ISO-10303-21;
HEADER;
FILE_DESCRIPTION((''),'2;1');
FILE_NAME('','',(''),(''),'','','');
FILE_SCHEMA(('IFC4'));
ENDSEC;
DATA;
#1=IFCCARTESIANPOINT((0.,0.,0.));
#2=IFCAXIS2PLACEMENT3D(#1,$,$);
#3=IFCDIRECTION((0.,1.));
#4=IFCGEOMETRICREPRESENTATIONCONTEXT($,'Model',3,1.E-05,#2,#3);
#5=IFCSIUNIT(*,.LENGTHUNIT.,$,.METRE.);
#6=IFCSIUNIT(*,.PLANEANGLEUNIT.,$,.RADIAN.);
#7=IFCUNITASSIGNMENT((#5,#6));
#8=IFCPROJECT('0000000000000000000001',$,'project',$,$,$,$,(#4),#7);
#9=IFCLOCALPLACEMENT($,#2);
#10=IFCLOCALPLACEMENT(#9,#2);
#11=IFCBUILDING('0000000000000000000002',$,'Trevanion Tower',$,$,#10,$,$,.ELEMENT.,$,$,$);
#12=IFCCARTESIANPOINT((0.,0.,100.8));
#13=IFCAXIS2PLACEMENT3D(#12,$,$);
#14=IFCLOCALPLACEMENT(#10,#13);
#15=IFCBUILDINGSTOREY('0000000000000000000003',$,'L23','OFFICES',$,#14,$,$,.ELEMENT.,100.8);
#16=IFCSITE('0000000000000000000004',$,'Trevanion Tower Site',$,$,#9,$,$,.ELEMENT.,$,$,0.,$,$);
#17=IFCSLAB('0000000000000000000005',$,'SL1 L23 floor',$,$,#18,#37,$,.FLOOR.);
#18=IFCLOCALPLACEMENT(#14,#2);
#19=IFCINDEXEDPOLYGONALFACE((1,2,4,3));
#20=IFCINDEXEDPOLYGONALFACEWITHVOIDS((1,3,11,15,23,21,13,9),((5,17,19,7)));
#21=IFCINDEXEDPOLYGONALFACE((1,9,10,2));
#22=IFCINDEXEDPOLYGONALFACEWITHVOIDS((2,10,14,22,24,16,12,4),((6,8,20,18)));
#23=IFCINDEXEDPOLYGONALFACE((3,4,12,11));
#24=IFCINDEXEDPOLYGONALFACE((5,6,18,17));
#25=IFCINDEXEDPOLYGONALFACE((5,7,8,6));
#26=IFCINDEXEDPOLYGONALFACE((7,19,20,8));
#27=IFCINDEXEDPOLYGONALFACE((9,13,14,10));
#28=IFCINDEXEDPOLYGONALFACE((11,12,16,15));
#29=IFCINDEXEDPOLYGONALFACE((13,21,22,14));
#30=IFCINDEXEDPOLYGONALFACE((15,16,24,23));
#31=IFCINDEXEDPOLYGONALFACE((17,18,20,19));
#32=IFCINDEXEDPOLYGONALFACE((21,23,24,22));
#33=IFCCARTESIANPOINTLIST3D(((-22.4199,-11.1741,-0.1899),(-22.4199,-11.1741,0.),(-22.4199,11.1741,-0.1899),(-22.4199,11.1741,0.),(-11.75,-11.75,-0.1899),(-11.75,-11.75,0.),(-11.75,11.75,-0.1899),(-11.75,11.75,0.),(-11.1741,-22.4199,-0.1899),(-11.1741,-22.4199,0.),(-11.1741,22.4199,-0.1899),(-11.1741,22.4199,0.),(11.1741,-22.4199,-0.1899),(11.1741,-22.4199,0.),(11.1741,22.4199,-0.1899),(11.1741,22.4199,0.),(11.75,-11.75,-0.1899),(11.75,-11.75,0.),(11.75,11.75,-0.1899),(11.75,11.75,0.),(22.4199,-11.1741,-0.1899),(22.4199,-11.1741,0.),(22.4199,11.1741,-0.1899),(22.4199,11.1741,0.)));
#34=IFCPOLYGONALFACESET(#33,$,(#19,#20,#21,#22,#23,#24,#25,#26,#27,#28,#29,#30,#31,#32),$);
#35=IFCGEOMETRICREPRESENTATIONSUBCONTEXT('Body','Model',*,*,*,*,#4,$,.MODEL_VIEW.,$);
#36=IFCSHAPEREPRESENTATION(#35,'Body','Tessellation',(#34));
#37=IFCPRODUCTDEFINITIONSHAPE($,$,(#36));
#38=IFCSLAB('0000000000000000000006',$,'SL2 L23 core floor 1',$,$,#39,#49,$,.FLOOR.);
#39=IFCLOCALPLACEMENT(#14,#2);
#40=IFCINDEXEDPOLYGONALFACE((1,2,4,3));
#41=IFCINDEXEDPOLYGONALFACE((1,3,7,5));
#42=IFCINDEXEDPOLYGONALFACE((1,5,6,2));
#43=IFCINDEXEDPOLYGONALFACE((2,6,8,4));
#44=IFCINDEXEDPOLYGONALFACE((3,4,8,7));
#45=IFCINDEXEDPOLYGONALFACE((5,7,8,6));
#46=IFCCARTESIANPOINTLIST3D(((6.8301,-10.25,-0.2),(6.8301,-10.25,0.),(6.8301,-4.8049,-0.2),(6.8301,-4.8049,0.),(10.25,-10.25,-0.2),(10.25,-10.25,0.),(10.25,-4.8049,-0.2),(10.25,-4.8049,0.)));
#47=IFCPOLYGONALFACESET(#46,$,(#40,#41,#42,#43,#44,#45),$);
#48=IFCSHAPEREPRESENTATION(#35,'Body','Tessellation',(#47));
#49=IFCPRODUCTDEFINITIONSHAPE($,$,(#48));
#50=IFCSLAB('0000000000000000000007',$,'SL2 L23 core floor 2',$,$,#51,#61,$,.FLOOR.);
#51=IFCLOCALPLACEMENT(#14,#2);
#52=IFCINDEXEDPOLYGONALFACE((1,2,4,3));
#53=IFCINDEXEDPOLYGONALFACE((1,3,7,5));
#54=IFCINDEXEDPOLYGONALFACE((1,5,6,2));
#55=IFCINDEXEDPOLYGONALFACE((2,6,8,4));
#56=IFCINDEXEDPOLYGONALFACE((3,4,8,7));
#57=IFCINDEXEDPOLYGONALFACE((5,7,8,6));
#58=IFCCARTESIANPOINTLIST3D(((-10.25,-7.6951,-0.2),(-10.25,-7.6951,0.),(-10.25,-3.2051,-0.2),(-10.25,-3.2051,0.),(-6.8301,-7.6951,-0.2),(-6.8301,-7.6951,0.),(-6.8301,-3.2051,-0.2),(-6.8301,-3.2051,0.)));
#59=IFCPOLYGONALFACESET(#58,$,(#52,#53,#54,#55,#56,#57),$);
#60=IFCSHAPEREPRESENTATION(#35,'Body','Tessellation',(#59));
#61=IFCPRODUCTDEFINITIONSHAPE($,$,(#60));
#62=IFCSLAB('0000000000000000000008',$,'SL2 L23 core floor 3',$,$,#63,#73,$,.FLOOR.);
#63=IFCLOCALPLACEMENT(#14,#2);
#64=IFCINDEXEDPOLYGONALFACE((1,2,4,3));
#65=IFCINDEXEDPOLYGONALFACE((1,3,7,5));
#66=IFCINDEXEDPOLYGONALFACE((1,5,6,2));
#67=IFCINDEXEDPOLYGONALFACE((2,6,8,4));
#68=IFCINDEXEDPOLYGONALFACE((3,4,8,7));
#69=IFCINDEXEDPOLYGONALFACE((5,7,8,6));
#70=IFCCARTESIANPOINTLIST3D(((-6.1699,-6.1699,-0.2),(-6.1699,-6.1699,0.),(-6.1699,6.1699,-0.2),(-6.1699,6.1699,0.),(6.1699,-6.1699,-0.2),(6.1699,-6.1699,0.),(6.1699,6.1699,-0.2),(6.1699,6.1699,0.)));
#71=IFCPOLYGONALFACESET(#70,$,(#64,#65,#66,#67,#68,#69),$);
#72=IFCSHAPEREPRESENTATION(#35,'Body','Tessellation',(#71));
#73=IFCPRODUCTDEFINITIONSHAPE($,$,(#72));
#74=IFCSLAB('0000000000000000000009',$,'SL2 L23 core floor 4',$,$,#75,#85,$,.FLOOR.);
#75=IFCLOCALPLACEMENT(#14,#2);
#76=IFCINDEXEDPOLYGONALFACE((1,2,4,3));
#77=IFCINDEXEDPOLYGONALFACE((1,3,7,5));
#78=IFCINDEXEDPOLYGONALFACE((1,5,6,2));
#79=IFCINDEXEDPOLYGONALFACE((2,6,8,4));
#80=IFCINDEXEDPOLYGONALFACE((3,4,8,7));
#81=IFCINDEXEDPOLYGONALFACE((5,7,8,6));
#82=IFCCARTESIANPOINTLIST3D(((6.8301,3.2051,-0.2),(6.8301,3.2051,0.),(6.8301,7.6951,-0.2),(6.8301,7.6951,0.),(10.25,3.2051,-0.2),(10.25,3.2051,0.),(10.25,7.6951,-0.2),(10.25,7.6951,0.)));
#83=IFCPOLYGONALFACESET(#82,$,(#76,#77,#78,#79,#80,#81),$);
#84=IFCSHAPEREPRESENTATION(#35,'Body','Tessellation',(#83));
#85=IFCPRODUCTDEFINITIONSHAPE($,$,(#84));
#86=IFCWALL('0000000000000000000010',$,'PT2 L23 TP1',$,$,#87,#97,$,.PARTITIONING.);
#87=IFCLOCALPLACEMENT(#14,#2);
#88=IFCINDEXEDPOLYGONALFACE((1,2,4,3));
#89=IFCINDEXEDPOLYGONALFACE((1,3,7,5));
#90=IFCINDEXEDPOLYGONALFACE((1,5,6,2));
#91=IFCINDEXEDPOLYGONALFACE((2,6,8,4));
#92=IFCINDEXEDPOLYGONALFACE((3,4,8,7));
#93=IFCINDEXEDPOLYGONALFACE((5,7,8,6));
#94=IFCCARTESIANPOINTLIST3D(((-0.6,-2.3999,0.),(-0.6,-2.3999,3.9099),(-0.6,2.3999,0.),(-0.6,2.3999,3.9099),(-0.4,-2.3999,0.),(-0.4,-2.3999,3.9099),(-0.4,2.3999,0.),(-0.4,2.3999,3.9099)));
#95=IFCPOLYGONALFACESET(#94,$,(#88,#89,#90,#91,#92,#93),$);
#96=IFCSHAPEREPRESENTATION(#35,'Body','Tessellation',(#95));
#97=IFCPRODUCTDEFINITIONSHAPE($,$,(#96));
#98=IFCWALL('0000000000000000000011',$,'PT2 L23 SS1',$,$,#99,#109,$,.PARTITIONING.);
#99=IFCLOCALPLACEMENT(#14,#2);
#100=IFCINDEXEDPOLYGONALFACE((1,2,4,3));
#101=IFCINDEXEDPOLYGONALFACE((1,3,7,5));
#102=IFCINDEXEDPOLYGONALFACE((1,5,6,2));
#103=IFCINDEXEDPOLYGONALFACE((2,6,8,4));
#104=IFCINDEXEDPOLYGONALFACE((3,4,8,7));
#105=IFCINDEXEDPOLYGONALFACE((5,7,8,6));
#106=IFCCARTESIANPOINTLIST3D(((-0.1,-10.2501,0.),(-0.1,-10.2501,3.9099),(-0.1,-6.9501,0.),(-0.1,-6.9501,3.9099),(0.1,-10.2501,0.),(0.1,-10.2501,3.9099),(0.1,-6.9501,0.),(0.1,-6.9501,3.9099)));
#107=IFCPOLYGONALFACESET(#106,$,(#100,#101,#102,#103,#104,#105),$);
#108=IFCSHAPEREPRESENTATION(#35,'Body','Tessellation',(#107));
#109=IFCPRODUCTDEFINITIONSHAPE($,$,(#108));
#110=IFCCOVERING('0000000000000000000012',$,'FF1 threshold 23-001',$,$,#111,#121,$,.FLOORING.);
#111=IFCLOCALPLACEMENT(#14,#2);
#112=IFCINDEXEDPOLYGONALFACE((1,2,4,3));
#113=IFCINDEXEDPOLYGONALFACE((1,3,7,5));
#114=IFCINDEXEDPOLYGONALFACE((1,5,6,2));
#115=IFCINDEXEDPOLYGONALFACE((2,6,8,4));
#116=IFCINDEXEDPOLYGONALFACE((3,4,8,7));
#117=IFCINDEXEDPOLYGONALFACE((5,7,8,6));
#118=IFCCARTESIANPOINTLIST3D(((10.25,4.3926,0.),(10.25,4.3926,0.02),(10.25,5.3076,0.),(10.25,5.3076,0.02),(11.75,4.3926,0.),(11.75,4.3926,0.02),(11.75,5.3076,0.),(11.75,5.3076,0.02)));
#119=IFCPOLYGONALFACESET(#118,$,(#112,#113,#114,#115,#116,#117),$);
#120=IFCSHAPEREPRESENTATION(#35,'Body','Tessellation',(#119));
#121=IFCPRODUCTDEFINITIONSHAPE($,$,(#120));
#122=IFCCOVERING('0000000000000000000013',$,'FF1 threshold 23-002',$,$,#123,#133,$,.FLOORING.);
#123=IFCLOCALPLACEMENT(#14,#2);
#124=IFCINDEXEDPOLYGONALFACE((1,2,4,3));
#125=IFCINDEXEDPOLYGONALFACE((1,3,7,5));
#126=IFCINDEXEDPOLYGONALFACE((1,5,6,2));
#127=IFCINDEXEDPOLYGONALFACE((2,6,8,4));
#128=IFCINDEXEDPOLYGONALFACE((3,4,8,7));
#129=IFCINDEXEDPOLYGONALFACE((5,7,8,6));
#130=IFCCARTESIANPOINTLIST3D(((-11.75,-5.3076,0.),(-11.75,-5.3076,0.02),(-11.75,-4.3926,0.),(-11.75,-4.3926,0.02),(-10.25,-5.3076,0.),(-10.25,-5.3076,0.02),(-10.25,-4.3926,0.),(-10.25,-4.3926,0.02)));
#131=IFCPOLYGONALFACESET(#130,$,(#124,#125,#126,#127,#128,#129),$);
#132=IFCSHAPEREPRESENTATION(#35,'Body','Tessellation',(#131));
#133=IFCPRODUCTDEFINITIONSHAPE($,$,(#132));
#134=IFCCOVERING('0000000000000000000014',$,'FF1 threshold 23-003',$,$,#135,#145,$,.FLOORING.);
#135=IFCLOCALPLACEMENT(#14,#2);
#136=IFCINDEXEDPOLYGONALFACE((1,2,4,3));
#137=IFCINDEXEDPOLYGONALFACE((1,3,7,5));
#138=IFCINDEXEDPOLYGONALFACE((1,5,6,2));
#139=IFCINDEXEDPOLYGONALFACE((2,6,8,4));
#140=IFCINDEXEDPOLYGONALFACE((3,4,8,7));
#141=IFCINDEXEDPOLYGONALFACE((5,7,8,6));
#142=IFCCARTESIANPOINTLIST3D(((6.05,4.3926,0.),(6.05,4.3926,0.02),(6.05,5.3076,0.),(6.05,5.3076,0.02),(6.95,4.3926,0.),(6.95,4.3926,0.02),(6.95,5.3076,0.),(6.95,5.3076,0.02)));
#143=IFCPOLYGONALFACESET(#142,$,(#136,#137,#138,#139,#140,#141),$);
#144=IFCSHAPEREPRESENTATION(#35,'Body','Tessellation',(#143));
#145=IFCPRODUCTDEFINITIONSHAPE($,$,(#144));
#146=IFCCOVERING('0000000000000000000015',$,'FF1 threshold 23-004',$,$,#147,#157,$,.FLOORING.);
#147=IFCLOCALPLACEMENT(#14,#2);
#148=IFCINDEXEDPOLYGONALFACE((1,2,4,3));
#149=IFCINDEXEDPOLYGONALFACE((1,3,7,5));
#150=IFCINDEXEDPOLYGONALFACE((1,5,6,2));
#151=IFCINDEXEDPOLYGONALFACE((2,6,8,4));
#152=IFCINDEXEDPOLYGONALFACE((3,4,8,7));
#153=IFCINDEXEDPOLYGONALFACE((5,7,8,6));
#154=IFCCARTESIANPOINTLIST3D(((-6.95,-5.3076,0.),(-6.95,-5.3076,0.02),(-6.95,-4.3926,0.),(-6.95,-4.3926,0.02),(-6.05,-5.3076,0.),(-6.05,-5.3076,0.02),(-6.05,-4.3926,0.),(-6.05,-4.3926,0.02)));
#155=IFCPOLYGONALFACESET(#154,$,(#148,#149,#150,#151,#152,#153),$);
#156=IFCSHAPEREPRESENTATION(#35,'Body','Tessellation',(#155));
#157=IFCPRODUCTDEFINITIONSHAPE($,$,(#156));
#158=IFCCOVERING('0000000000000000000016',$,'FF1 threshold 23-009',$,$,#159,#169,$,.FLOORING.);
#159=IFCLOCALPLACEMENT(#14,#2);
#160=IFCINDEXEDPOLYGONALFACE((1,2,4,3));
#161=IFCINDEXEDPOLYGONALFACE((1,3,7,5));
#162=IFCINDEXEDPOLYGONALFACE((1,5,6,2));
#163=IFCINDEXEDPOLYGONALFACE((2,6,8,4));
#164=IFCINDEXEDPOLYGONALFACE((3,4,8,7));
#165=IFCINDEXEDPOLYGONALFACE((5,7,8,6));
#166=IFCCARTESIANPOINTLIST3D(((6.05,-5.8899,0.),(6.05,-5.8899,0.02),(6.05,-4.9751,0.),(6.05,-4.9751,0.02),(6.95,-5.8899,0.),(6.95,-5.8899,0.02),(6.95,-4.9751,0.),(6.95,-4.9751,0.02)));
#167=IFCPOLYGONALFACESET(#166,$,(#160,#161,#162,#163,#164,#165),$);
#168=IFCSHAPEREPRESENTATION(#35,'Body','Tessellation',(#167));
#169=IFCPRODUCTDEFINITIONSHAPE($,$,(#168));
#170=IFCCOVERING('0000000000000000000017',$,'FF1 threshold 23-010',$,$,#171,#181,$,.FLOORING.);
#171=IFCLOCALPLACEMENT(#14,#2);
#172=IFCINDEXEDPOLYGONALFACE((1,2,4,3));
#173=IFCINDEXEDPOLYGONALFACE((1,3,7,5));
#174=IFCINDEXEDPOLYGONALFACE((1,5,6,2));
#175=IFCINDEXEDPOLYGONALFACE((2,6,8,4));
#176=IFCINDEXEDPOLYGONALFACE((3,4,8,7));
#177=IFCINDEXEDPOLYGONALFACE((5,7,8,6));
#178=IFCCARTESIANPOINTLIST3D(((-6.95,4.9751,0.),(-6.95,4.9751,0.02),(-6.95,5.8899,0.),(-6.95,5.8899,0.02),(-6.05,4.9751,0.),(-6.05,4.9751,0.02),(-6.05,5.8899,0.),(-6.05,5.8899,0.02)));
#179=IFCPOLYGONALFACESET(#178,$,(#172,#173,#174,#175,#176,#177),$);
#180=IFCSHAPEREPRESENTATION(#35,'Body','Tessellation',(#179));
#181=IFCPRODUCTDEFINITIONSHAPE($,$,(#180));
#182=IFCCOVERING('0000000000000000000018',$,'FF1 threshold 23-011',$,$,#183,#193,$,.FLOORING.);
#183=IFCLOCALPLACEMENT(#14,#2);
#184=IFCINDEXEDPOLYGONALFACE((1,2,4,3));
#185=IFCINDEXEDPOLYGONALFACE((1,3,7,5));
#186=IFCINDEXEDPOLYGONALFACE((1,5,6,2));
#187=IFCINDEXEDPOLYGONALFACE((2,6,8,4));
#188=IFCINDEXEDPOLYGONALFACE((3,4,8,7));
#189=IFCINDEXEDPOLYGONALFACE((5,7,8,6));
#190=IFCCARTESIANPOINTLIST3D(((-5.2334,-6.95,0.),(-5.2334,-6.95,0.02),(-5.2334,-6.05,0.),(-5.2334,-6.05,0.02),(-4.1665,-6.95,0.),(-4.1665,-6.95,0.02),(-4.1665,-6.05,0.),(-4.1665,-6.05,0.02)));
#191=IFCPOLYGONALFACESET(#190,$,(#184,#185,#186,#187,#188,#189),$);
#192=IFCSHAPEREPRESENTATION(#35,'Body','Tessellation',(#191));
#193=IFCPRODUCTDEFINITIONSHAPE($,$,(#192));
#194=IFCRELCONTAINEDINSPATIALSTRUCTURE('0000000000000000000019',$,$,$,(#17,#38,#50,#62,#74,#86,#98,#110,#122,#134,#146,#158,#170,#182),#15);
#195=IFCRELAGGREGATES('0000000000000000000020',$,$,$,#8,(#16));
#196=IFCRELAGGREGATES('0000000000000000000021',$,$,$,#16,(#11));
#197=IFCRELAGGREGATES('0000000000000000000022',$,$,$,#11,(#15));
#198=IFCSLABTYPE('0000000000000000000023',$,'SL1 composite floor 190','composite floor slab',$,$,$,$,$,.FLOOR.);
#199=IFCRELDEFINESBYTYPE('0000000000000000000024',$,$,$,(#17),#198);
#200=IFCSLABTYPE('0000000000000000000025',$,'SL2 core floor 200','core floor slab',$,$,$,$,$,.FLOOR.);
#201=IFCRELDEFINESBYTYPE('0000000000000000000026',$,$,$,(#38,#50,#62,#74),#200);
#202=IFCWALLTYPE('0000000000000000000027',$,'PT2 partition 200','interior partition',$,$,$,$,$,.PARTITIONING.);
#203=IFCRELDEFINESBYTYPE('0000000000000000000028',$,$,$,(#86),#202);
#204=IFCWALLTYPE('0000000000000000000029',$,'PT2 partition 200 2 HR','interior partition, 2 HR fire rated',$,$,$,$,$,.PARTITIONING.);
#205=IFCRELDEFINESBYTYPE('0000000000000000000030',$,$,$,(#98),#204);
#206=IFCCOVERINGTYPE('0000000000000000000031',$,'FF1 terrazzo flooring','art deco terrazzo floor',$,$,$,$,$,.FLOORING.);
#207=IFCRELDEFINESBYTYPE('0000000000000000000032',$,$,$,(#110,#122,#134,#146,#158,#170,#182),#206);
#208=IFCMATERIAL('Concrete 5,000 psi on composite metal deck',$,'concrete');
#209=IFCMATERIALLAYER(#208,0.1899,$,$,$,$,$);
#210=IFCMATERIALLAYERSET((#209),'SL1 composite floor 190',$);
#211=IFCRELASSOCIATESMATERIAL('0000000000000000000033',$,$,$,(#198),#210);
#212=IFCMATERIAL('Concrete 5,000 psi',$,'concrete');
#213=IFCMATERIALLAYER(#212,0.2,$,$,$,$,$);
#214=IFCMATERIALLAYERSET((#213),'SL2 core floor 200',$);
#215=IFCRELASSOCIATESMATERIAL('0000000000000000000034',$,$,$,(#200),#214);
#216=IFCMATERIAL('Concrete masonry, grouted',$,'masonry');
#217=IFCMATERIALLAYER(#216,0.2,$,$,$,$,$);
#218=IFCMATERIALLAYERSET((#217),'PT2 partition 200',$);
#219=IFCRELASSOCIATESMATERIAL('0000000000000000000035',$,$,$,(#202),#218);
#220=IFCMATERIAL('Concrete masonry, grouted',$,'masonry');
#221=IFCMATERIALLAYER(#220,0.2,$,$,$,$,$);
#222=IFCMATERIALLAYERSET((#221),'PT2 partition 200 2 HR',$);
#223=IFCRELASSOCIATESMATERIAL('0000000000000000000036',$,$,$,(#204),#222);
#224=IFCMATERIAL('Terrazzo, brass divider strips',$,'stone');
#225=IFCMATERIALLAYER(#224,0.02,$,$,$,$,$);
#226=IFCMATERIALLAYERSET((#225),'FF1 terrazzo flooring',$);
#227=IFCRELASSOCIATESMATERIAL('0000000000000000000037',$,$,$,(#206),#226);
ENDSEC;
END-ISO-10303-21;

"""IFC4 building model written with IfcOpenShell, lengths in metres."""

from ifc_helpers import new_model, si_unit, direction, frame, frame_2d, origin, place, context, subcontext, project, spatial, polyline, rectangle, outline, extrude, material, layer, layer_set, type_object, element, save


model = new_model("IFC4")

# Units and contexts
model_context = context("Model", 3, precision=1e-05, world=origin(), true_north=direction((0.0, 1.0)))
body_context = subcontext(model_context, "Body", "Model", "MODEL_VIEW")
ifc_project = project(units=[si_unit("LENGTHUNIT", "METRE"), si_unit("PLANEANGLEUNIT", "RADIAN")], contexts=[model_context])

# Site, building, storey
site_placement = place(None, origin())
site = spatial("IfcSite", under=ifc_project, at=site_placement, Name="Trevanion Tower Site", CompositionType="ELEMENT", RefElevation=0.0)
building_placement = place(site_placement, origin())
building = spatial("IfcBuilding", under=site, at=building_placement, Name="Trevanion Tower", CompositionType="ELEMENT")
storey_placement = place(building_placement, frame((0.0, 0.0, 100.8)))
storey = spatial("IfcBuildingStorey", under=building, at=storey_placement, Name="L23", Description="OFFICES", CompositionType="ELEMENT", Elevation=100.8)

# Slabs
ifc_material_1 = material(Name="Concrete 5,000 psi on composite metal deck", Category="concrete")
ifc_layer_1 = layer(ifc_material_1, 0.1899)
ifc_layer_set_1 = layer_set([ifc_layer_1], Name="SL1 composite floor 190")
slab_type_1 = type_object("IfcSlabType", Name="SL1 composite floor 190", Description="composite floor slab", PredefinedType="FLOOR", material=ifc_layer_set_1)
slab_1_placement = place(storey_placement, frame((0.0, 0.0, -0.1899)))
element("IfcSlab", 1, at=slab_1_placement, inside=storey, type_object=slab_type_1, Name="SL1 L23 floor", PredefinedType="FLOOR", context=body_context, shape_type="SweptSolid", body=[
    extrude(outline(polyline([(22.4199, -11.1741), (22.4199, 11.1741), (11.1741, 22.4199), (-11.1741, 22.4199), (-22.4199, 11.1741), (-22.4199, -11.1741), (-11.1741, -22.4199), (11.1741, -22.4199), (22.4199, -11.1741)]), holes=[polyline([(11.75, -11.75), (11.75, 11.75), (-11.75, 11.75), (-11.75, -11.75), (11.75, -11.75)])]), origin(), (0.0, 0.0, 1.0), 0.1899),
])
ifc_material_2 = material(Name="Concrete 5,000 psi", Category="concrete")
ifc_layer_2 = layer(ifc_material_2, 0.2)
ifc_layer_set_2 = layer_set([ifc_layer_2], Name="SL2 core floor 200")
slab_type_2 = type_object("IfcSlabType", Name="SL2 core floor 200", Description="core floor slab", PredefinedType="FLOOR", material=ifc_layer_set_2)
slab_2_placement = place(storey_placement, frame((0.0, 0.0, -0.2)))
element("IfcSlab", 2, at=slab_2_placement, inside=storey, type_object=slab_type_2, Name="SL2 L23 core floor 1", PredefinedType="FLOOR", context=body_context, shape_type="SweptSolid", body=[
    extrude(outline(polyline([(10.25, -4.8049), (10.25, -10.25), (6.8301, -10.25), (6.8301, -4.8049), (10.25, -4.8049)])), origin(), (0.0, 0.0, 1.0), 0.2),
])
slab_3_placement = place(storey_placement, frame((0.0, 0.0, -0.2)))
element("IfcSlab", 3, at=slab_3_placement, inside=storey, type_object=slab_type_2, Name="SL2 L23 core floor 2", PredefinedType="FLOOR", context=body_context, shape_type="SweptSolid", body=[
    extrude(outline(polyline([(-6.8301, -3.2051), (-6.8301, -7.6951), (-10.25, -7.6951), (-10.25, -3.2051), (-6.8301, -3.2051)])), origin(), (0.0, 0.0, 1.0), 0.2),
])
slab_4_placement = place(storey_placement, frame((0.0, 0.0, -0.2)))
element("IfcSlab", 4, at=slab_4_placement, inside=storey, type_object=slab_type_2, Name="SL2 L23 core floor 3", PredefinedType="FLOOR", context=body_context, shape_type="SweptSolid", body=[
    extrude(outline(polyline([(6.1699, -6.1699), (-6.1699, -6.1699), (-6.1699, 6.1699), (6.1699, 6.1699), (6.1699, -6.1699)])), origin(), (0.0, 0.0, 1.0), 0.2),
])
slab_5_placement = place(storey_placement, frame((0.0, 0.0, -0.2)))
element("IfcSlab", 5, at=slab_5_placement, inside=storey, type_object=slab_type_2, Name="SL2 L23 core floor 4", PredefinedType="FLOOR", context=body_context, shape_type="SweptSolid", body=[
    extrude(outline(polyline([(6.8301, 3.2051), (6.8301, 7.6951), (10.25, 7.6951), (10.25, 3.2051), (6.8301, 3.2051)])), origin(), (0.0, 0.0, 1.0), 0.2),
])

# Walls
ifc_material_3 = material(Name="Concrete masonry, grouted", Category="masonry")
ifc_layer_3 = layer(ifc_material_3, 0.2)
ifc_layer_set_3 = layer_set([ifc_layer_3], Name="PT2 partition 200")
wall_type_1 = type_object("IfcWallType", Name="PT2 partition 200", Description="interior partition", PredefinedType="PARTITIONING", material=ifc_layer_set_3)
wall_1_placement = place(storey_placement, frame((-0.5, -2.3999, 0.0), z_axis=(0.0, 0.0, 1.0), x_axis=(0.0, 1.0, 0.0)))
element("IfcWall", 6, at=wall_1_placement, inside=storey, type_object=wall_type_1, Name="PT2 L23 TP1", PredefinedType="PARTITIONING", context=body_context, shape_type="SweptSolid", body=[
    extrude(rectangle(XDim=4.7998, YDim=0.2, at=frame_2d((2.3999, 0.0))), origin(), (0.0, 0.0, 1.0), 3.9099),
])
ifc_material_4 = material(Name="Concrete masonry, grouted", Category="masonry")
ifc_layer_4 = layer(ifc_material_4, 0.2)
ifc_layer_set_4 = layer_set([ifc_layer_4], Name="PT2 partition 200 2 HR")
wall_type_2 = type_object("IfcWallType", Name="PT2 partition 200 2 HR", Description="interior partition, 2 HR fire rated", PredefinedType="PARTITIONING", material=ifc_layer_set_4)
wall_2_placement = place(storey_placement, frame((0.0, -10.25, 0.0), z_axis=(0.0, 0.0, 1.0), x_axis=(0.0, 1.0, 0.0)))
element("IfcWall", 7, at=wall_2_placement, inside=storey, type_object=wall_type_2, Name="PT2 L23 SS1", PredefinedType="PARTITIONING", context=body_context, shape_type="SweptSolid", body=[
    extrude(rectangle(XDim=3.3, YDim=0.2, at=frame_2d((1.6499, 0.0))), origin(), (0.0, 0.0, 1.0), 3.9099),
])

# Coverings
ifc_material_5 = material(Name="Terrazzo, brass divider strips", Category="stone")
ifc_layer_5 = layer(ifc_material_5, 0.02)
ifc_layer_set_5 = layer_set([ifc_layer_5], Name="FF1 terrazzo flooring")
covering_type = type_object("IfcCoveringType", Name="FF1 terrazzo flooring", Description="art deco terrazzo floor", PredefinedType="FLOORING", material=ifc_layer_set_5)
covering_1_placement = place(storey_placement, origin())
element("IfcCovering", 8, at=covering_1_placement, inside=storey, type_object=covering_type, Name="FF1 threshold 23-001", PredefinedType="FLOORING", context=body_context, shape_type="SweptSolid", body=[
    extrude(outline(polyline([(11.75, 4.3926), (11.75, 5.3076), (10.25, 5.3076), (10.25, 4.3926), (11.75, 4.3926)])), origin(), (0.0, 0.0, 1.0), 0.02),
])
covering_2_placement = place(storey_placement, origin())
element("IfcCovering", 9, at=covering_2_placement, inside=storey, type_object=covering_type, Name="FF1 threshold 23-002", PredefinedType="FLOORING", context=body_context, shape_type="SweptSolid", body=[
    extrude(outline(polyline([(-11.75, -4.3926), (-11.75, -5.3076), (-10.25, -5.3076), (-10.25, -4.3926), (-11.75, -4.3926)])), origin(), (0.0, 0.0, 1.0), 0.02),
])
covering_3_placement = place(storey_placement, origin())
element("IfcCovering", 10, at=covering_3_placement, inside=storey, type_object=covering_type, Name="FF1 threshold 23-003", PredefinedType="FLOORING", context=body_context, shape_type="SweptSolid", body=[
    extrude(outline(polyline([(6.95, 4.3926), (6.95, 5.3076), (6.05, 5.3076), (6.05, 4.3926), (6.95, 4.3926)])), origin(), (0.0, 0.0, 1.0), 0.02),
])
covering_4_placement = place(storey_placement, origin())
element("IfcCovering", 11, at=covering_4_placement, inside=storey, type_object=covering_type, Name="FF1 threshold 23-004", PredefinedType="FLOORING", context=body_context, shape_type="SweptSolid", body=[
    extrude(outline(polyline([(-6.95, -4.3926), (-6.95, -5.3076), (-6.05, -5.3076), (-6.05, -4.3926), (-6.95, -4.3926)])), origin(), (0.0, 0.0, 1.0), 0.02),
])
covering_5_placement = place(storey_placement, origin())
element("IfcCovering", 12, at=covering_5_placement, inside=storey, type_object=covering_type, Name="FF1 threshold 23-009", PredefinedType="FLOORING", context=body_context, shape_type="SweptSolid", body=[
    extrude(outline(polyline([(6.95, -5.8899), (6.95, -4.9751), (6.05, -4.9751), (6.05, -5.8899), (6.95, -5.8899)])), origin(), (0.0, 0.0, 1.0), 0.02),
])
covering_6_placement = place(storey_placement, origin())
element("IfcCovering", 13, at=covering_6_placement, inside=storey, type_object=covering_type, Name="FF1 threshold 23-010", PredefinedType="FLOORING", context=body_context, shape_type="SweptSolid", body=[
    extrude(outline(polyline([(-6.95, 5.8899), (-6.95, 4.9751), (-6.05, 4.9751), (-6.05, 5.8899), (-6.95, 5.8899)])), origin(), (0.0, 0.0, 1.0), 0.02),
])
covering_7_placement = place(storey_placement, origin())
element("IfcCovering", 14, at=covering_7_placement, inside=storey, type_object=covering_type, Name="FF1 threshold 23-011", PredefinedType="FLOORING", context=body_context, shape_type="SweptSolid", body=[
    extrude(outline(polyline([(-5.2334, -6.95), (-4.1665, -6.95), (-4.1665, -6.05), (-5.2334, -6.05), (-5.2334, -6.95)])), origin(), (0.0, 0.0, 1.0), 0.02),
])

save(model, "model.ifc")
